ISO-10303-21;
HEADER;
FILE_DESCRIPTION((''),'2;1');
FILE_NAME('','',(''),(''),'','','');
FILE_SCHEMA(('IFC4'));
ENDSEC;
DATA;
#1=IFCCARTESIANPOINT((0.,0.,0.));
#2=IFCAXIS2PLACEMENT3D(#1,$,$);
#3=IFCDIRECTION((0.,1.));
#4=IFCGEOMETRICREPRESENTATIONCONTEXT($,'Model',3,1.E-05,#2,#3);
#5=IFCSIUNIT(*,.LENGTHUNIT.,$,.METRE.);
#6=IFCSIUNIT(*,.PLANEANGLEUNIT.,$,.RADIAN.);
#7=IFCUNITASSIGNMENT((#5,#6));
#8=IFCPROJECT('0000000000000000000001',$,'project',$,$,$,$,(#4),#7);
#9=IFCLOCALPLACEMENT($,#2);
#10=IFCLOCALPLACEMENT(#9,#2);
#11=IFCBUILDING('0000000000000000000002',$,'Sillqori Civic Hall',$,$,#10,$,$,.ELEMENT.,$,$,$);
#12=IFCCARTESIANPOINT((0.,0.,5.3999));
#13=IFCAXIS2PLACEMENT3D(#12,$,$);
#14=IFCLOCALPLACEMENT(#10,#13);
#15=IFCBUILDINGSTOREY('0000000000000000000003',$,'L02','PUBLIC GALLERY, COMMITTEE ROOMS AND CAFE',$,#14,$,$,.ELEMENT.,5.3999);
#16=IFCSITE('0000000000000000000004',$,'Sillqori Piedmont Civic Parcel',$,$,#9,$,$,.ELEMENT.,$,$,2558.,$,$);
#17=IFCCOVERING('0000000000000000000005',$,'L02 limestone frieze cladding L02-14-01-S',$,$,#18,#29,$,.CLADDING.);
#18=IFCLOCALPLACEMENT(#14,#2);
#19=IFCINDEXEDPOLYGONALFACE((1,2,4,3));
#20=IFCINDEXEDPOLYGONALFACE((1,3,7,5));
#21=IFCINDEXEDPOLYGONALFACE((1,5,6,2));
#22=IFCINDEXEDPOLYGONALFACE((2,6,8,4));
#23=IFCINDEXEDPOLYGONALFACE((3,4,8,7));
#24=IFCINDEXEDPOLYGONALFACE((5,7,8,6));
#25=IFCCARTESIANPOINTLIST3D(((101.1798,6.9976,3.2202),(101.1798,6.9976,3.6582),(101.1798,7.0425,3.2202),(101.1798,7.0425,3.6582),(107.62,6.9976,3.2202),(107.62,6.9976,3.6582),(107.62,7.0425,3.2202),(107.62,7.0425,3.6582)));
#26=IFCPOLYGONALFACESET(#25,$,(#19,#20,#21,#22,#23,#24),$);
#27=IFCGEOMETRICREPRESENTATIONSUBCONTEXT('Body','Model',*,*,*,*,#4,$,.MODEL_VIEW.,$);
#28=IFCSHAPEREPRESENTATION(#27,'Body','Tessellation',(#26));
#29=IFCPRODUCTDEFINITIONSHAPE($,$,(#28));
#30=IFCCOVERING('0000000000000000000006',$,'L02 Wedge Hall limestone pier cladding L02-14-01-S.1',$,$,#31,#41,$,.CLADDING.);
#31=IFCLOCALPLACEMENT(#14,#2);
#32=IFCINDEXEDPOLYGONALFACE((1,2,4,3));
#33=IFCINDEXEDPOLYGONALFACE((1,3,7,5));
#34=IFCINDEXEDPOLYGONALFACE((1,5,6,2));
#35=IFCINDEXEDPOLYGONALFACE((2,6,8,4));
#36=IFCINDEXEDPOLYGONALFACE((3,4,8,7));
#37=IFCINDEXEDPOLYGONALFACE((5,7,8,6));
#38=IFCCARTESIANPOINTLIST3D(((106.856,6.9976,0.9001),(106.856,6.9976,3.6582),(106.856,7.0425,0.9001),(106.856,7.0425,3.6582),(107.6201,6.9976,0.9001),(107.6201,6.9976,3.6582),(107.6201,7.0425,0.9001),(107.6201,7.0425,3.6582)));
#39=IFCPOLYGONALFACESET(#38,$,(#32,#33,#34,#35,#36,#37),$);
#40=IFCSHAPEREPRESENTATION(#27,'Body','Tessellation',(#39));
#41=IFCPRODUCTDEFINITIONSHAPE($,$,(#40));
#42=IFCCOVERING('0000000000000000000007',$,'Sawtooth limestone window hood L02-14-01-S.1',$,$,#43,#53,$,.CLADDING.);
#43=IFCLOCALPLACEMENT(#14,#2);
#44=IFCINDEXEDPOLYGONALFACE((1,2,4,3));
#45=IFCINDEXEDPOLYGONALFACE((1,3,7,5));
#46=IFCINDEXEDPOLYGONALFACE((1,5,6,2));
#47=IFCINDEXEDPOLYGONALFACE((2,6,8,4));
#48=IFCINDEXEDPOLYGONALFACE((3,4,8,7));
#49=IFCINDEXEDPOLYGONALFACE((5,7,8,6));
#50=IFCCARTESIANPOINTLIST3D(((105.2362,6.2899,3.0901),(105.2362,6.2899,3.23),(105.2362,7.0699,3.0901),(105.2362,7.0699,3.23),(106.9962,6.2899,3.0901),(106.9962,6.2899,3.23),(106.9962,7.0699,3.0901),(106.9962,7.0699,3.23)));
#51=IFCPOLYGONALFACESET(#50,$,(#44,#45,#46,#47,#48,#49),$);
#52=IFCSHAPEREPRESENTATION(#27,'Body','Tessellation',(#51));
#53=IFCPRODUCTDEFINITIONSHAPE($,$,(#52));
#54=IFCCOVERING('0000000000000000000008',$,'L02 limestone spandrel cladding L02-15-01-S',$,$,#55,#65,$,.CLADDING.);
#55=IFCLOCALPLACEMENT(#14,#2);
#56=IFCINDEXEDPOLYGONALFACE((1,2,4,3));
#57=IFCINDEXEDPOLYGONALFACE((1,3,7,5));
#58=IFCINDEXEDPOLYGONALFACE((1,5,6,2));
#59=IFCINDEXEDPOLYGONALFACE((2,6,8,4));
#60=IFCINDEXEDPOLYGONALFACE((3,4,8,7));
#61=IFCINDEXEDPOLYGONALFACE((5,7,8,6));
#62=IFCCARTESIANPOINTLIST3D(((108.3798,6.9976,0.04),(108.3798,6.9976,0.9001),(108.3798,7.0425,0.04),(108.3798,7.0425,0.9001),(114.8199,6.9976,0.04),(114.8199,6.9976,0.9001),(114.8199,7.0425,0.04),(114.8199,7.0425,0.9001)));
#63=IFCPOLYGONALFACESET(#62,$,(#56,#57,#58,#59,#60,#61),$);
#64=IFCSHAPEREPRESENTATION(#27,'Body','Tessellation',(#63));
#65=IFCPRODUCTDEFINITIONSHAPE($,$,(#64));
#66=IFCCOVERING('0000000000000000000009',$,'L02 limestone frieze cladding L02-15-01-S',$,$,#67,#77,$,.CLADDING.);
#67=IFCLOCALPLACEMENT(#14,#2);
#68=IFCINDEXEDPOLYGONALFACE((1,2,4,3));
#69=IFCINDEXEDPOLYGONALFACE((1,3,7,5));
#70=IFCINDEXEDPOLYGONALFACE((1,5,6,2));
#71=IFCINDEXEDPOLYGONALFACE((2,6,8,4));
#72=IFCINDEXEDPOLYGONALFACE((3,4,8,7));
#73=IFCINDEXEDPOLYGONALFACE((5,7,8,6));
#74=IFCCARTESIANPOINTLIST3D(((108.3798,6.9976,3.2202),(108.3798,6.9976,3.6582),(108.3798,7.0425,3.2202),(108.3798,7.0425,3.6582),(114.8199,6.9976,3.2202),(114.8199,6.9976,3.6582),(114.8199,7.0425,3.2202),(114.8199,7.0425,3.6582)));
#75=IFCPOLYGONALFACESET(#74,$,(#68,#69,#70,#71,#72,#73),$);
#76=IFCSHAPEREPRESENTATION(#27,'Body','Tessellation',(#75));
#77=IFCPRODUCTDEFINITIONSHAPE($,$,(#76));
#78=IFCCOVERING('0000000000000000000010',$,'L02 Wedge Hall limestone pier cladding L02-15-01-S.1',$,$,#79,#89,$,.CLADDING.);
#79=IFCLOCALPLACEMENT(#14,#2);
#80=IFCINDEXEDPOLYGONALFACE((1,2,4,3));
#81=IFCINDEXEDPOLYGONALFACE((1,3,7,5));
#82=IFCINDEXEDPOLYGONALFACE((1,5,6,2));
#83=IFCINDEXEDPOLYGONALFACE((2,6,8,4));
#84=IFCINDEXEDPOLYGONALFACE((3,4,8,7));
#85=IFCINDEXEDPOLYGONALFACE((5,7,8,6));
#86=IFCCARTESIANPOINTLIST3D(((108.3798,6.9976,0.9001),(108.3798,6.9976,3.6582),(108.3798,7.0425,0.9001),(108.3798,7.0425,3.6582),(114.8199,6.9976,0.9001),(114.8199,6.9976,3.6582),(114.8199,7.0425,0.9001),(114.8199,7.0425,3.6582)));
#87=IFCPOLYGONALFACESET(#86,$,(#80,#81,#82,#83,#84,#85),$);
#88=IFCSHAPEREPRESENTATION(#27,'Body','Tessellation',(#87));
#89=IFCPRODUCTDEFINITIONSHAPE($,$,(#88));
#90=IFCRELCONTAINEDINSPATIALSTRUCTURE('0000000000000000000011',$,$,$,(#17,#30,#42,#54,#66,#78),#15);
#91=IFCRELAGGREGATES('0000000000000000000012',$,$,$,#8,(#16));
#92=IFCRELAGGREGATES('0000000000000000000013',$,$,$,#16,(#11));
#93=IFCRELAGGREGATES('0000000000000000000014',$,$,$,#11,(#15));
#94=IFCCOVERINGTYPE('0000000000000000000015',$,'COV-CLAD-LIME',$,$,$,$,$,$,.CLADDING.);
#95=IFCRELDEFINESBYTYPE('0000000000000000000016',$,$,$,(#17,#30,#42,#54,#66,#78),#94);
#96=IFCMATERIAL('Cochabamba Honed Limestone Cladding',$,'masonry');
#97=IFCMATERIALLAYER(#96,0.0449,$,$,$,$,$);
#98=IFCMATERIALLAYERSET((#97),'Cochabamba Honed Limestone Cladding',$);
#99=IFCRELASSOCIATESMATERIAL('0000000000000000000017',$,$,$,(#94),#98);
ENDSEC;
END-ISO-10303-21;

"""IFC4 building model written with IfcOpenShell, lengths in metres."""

from ifc_helpers import new_model, si_unit, direction, frame, frame_2d, origin, place, context, subcontext, project, spatial, rectangle, extrude, material, layer, layer_set, type_object, element, save


model = new_model("IFC4")

# Units and contexts
model_context = context("Model", 3, precision=1e-05, world=origin(), true_north=direction((0.0, 1.0)))
body_context = subcontext(model_context, "Body", "Model", "MODEL_VIEW")
ifc_project = project(units=[si_unit("LENGTHUNIT", "METRE"), si_unit("PLANEANGLEUNIT", "RADIAN")], contexts=[model_context])

# Site, building, storey
site_placement = place(None, origin())
site = spatial("IfcSite", under=ifc_project, at=site_placement, Name="Sillqori Piedmont Civic Parcel", CompositionType="ELEMENT", RefElevation=2558.0)
building_placement = place(site_placement, origin())
building = spatial("IfcBuilding", under=site, at=building_placement, Name="Sillqori Civic Hall", CompositionType="ELEMENT")
storey_placement = place(building_placement, frame((0.0, 0.0, 5.3999)))
storey = spatial("IfcBuildingStorey", under=building, at=storey_placement, Name="L02", Description="PUBLIC GALLERY, COMMITTEE ROOMS AND CAFE", CompositionType="ELEMENT", Elevation=5.3999)

# Coverings
ifc_material_1 = material(Name="Cochabamba Honed Limestone Cladding", Category="masonry")
ifc_layer_1 = layer(ifc_material_1, 0.0449)
ifc_layer_set_1 = layer_set([ifc_layer_1], Name="Cochabamba Honed Limestone Cladding")
covering_type = type_object("IfcCoveringType", Name="COV-CLAD-LIME", PredefinedType="CLADDING", material=ifc_layer_set_1)
covering_1_placement = place(storey_placement, frame((107.6201, 7.02, 3.2202), z_axis=(0.0, 0.0, 1.0), x_axis=(-1.0, 0.0, 0.0)))
element("IfcCovering", 1, at=covering_1_placement, inside=storey, type_object=covering_type, Name="L02 limestone frieze cladding L02-14-01-S", PredefinedType="CLADDING", context=body_context, shape_type="SweptSolid", body=[
    extrude(rectangle(XDim=6.4402, YDim=0.0449, at=frame_2d((3.2202, 0.0))), origin(), (0.0, 0.0, 1.0), 0.438),
])
covering_2_placement = place(storey_placement, frame((107.6201, 7.02, 0.9001), z_axis=(0.0, 0.0, 1.0), x_axis=(-1.0, 0.0, 0.0)))
element("IfcCovering", 2, at=covering_2_placement, inside=storey, type_object=covering_type, Name="L02 Wedge Hall limestone pier cladding L02-14-01-S.1", PredefinedType="CLADDING", context=body_context, shape_type="SweptSolid", body=[
    extrude(rectangle(XDim=0.7642, YDim=0.0449, at=frame_2d((0.3821, 0.0))), origin(), (0.0, 0.0, 1.0), 2.7581),
])
covering_3_placement = place(storey_placement, frame((106.9961, 6.6799, 3.0901), z_axis=(0.0, 0.0, 1.0), x_axis=(-1.0, 0.0, 0.0)))
element("IfcCovering", 3, at=covering_3_placement, inside=storey, type_object=covering_type, Name="Sawtooth limestone window hood L02-14-01-S.1", PredefinedType="CLADDING", context=body_context, shape_type="SweptSolid", body=[
    extrude(rectangle(XDim=1.76, YDim=0.78, at=frame_2d((0.8799, 0.0))), origin(), (0.0, 0.0, 1.0), 0.1399),
])
covering_4_placement = place(storey_placement, frame((114.8201, 7.02, 0.04), z_axis=(0.0, 0.0, 1.0), x_axis=(-1.0, 0.0, 0.0)))
element("IfcCovering", 4, at=covering_4_placement, inside=storey, type_object=covering_type, Name="L02 limestone spandrel cladding L02-15-01-S", PredefinedType="CLADDING", context=body_context, shape_type="SweptSolid", body=[
    extrude(rectangle(XDim=6.4402, YDim=0.0449, at=frame_2d((3.2202, 0.0))), origin(), (0.0, 0.0, 1.0), 0.8601),
])
covering_5_placement = place(storey_placement, frame((114.8201, 7.02, 3.2202), z_axis=(0.0, 0.0, 1.0), x_axis=(-1.0, 0.0, 0.0)))
element("IfcCovering", 5, at=covering_5_placement, inside=storey, type_object=covering_type, Name="L02 limestone frieze cladding L02-15-01-S", PredefinedType="CLADDING", context=body_context, shape_type="SweptSolid", body=[
    extrude(rectangle(XDim=6.4402, YDim=0.0449, at=frame_2d((3.2202, 0.0))), origin(), (0.0, 0.0, 1.0), 0.438),
])
covering_6_placement = place(storey_placement, frame((114.8201, 7.02, 0.9001), z_axis=(0.0, 0.0, 1.0), x_axis=(-1.0, 0.0, 0.0)))
element("IfcCovering", 6, at=covering_6_placement, inside=storey, type_object=covering_type, Name="L02 Wedge Hall limestone pier cladding L02-15-01-S.1", PredefinedType="CLADDING", context=body_context, shape_type="SweptSolid", body=[
    extrude(rectangle(XDim=6.4402, YDim=0.0449, at=frame_2d((3.2202, 0.0))), origin(), (0.0, 0.0, 1.0), 2.7581),
])

save(model, "model.ifc")
